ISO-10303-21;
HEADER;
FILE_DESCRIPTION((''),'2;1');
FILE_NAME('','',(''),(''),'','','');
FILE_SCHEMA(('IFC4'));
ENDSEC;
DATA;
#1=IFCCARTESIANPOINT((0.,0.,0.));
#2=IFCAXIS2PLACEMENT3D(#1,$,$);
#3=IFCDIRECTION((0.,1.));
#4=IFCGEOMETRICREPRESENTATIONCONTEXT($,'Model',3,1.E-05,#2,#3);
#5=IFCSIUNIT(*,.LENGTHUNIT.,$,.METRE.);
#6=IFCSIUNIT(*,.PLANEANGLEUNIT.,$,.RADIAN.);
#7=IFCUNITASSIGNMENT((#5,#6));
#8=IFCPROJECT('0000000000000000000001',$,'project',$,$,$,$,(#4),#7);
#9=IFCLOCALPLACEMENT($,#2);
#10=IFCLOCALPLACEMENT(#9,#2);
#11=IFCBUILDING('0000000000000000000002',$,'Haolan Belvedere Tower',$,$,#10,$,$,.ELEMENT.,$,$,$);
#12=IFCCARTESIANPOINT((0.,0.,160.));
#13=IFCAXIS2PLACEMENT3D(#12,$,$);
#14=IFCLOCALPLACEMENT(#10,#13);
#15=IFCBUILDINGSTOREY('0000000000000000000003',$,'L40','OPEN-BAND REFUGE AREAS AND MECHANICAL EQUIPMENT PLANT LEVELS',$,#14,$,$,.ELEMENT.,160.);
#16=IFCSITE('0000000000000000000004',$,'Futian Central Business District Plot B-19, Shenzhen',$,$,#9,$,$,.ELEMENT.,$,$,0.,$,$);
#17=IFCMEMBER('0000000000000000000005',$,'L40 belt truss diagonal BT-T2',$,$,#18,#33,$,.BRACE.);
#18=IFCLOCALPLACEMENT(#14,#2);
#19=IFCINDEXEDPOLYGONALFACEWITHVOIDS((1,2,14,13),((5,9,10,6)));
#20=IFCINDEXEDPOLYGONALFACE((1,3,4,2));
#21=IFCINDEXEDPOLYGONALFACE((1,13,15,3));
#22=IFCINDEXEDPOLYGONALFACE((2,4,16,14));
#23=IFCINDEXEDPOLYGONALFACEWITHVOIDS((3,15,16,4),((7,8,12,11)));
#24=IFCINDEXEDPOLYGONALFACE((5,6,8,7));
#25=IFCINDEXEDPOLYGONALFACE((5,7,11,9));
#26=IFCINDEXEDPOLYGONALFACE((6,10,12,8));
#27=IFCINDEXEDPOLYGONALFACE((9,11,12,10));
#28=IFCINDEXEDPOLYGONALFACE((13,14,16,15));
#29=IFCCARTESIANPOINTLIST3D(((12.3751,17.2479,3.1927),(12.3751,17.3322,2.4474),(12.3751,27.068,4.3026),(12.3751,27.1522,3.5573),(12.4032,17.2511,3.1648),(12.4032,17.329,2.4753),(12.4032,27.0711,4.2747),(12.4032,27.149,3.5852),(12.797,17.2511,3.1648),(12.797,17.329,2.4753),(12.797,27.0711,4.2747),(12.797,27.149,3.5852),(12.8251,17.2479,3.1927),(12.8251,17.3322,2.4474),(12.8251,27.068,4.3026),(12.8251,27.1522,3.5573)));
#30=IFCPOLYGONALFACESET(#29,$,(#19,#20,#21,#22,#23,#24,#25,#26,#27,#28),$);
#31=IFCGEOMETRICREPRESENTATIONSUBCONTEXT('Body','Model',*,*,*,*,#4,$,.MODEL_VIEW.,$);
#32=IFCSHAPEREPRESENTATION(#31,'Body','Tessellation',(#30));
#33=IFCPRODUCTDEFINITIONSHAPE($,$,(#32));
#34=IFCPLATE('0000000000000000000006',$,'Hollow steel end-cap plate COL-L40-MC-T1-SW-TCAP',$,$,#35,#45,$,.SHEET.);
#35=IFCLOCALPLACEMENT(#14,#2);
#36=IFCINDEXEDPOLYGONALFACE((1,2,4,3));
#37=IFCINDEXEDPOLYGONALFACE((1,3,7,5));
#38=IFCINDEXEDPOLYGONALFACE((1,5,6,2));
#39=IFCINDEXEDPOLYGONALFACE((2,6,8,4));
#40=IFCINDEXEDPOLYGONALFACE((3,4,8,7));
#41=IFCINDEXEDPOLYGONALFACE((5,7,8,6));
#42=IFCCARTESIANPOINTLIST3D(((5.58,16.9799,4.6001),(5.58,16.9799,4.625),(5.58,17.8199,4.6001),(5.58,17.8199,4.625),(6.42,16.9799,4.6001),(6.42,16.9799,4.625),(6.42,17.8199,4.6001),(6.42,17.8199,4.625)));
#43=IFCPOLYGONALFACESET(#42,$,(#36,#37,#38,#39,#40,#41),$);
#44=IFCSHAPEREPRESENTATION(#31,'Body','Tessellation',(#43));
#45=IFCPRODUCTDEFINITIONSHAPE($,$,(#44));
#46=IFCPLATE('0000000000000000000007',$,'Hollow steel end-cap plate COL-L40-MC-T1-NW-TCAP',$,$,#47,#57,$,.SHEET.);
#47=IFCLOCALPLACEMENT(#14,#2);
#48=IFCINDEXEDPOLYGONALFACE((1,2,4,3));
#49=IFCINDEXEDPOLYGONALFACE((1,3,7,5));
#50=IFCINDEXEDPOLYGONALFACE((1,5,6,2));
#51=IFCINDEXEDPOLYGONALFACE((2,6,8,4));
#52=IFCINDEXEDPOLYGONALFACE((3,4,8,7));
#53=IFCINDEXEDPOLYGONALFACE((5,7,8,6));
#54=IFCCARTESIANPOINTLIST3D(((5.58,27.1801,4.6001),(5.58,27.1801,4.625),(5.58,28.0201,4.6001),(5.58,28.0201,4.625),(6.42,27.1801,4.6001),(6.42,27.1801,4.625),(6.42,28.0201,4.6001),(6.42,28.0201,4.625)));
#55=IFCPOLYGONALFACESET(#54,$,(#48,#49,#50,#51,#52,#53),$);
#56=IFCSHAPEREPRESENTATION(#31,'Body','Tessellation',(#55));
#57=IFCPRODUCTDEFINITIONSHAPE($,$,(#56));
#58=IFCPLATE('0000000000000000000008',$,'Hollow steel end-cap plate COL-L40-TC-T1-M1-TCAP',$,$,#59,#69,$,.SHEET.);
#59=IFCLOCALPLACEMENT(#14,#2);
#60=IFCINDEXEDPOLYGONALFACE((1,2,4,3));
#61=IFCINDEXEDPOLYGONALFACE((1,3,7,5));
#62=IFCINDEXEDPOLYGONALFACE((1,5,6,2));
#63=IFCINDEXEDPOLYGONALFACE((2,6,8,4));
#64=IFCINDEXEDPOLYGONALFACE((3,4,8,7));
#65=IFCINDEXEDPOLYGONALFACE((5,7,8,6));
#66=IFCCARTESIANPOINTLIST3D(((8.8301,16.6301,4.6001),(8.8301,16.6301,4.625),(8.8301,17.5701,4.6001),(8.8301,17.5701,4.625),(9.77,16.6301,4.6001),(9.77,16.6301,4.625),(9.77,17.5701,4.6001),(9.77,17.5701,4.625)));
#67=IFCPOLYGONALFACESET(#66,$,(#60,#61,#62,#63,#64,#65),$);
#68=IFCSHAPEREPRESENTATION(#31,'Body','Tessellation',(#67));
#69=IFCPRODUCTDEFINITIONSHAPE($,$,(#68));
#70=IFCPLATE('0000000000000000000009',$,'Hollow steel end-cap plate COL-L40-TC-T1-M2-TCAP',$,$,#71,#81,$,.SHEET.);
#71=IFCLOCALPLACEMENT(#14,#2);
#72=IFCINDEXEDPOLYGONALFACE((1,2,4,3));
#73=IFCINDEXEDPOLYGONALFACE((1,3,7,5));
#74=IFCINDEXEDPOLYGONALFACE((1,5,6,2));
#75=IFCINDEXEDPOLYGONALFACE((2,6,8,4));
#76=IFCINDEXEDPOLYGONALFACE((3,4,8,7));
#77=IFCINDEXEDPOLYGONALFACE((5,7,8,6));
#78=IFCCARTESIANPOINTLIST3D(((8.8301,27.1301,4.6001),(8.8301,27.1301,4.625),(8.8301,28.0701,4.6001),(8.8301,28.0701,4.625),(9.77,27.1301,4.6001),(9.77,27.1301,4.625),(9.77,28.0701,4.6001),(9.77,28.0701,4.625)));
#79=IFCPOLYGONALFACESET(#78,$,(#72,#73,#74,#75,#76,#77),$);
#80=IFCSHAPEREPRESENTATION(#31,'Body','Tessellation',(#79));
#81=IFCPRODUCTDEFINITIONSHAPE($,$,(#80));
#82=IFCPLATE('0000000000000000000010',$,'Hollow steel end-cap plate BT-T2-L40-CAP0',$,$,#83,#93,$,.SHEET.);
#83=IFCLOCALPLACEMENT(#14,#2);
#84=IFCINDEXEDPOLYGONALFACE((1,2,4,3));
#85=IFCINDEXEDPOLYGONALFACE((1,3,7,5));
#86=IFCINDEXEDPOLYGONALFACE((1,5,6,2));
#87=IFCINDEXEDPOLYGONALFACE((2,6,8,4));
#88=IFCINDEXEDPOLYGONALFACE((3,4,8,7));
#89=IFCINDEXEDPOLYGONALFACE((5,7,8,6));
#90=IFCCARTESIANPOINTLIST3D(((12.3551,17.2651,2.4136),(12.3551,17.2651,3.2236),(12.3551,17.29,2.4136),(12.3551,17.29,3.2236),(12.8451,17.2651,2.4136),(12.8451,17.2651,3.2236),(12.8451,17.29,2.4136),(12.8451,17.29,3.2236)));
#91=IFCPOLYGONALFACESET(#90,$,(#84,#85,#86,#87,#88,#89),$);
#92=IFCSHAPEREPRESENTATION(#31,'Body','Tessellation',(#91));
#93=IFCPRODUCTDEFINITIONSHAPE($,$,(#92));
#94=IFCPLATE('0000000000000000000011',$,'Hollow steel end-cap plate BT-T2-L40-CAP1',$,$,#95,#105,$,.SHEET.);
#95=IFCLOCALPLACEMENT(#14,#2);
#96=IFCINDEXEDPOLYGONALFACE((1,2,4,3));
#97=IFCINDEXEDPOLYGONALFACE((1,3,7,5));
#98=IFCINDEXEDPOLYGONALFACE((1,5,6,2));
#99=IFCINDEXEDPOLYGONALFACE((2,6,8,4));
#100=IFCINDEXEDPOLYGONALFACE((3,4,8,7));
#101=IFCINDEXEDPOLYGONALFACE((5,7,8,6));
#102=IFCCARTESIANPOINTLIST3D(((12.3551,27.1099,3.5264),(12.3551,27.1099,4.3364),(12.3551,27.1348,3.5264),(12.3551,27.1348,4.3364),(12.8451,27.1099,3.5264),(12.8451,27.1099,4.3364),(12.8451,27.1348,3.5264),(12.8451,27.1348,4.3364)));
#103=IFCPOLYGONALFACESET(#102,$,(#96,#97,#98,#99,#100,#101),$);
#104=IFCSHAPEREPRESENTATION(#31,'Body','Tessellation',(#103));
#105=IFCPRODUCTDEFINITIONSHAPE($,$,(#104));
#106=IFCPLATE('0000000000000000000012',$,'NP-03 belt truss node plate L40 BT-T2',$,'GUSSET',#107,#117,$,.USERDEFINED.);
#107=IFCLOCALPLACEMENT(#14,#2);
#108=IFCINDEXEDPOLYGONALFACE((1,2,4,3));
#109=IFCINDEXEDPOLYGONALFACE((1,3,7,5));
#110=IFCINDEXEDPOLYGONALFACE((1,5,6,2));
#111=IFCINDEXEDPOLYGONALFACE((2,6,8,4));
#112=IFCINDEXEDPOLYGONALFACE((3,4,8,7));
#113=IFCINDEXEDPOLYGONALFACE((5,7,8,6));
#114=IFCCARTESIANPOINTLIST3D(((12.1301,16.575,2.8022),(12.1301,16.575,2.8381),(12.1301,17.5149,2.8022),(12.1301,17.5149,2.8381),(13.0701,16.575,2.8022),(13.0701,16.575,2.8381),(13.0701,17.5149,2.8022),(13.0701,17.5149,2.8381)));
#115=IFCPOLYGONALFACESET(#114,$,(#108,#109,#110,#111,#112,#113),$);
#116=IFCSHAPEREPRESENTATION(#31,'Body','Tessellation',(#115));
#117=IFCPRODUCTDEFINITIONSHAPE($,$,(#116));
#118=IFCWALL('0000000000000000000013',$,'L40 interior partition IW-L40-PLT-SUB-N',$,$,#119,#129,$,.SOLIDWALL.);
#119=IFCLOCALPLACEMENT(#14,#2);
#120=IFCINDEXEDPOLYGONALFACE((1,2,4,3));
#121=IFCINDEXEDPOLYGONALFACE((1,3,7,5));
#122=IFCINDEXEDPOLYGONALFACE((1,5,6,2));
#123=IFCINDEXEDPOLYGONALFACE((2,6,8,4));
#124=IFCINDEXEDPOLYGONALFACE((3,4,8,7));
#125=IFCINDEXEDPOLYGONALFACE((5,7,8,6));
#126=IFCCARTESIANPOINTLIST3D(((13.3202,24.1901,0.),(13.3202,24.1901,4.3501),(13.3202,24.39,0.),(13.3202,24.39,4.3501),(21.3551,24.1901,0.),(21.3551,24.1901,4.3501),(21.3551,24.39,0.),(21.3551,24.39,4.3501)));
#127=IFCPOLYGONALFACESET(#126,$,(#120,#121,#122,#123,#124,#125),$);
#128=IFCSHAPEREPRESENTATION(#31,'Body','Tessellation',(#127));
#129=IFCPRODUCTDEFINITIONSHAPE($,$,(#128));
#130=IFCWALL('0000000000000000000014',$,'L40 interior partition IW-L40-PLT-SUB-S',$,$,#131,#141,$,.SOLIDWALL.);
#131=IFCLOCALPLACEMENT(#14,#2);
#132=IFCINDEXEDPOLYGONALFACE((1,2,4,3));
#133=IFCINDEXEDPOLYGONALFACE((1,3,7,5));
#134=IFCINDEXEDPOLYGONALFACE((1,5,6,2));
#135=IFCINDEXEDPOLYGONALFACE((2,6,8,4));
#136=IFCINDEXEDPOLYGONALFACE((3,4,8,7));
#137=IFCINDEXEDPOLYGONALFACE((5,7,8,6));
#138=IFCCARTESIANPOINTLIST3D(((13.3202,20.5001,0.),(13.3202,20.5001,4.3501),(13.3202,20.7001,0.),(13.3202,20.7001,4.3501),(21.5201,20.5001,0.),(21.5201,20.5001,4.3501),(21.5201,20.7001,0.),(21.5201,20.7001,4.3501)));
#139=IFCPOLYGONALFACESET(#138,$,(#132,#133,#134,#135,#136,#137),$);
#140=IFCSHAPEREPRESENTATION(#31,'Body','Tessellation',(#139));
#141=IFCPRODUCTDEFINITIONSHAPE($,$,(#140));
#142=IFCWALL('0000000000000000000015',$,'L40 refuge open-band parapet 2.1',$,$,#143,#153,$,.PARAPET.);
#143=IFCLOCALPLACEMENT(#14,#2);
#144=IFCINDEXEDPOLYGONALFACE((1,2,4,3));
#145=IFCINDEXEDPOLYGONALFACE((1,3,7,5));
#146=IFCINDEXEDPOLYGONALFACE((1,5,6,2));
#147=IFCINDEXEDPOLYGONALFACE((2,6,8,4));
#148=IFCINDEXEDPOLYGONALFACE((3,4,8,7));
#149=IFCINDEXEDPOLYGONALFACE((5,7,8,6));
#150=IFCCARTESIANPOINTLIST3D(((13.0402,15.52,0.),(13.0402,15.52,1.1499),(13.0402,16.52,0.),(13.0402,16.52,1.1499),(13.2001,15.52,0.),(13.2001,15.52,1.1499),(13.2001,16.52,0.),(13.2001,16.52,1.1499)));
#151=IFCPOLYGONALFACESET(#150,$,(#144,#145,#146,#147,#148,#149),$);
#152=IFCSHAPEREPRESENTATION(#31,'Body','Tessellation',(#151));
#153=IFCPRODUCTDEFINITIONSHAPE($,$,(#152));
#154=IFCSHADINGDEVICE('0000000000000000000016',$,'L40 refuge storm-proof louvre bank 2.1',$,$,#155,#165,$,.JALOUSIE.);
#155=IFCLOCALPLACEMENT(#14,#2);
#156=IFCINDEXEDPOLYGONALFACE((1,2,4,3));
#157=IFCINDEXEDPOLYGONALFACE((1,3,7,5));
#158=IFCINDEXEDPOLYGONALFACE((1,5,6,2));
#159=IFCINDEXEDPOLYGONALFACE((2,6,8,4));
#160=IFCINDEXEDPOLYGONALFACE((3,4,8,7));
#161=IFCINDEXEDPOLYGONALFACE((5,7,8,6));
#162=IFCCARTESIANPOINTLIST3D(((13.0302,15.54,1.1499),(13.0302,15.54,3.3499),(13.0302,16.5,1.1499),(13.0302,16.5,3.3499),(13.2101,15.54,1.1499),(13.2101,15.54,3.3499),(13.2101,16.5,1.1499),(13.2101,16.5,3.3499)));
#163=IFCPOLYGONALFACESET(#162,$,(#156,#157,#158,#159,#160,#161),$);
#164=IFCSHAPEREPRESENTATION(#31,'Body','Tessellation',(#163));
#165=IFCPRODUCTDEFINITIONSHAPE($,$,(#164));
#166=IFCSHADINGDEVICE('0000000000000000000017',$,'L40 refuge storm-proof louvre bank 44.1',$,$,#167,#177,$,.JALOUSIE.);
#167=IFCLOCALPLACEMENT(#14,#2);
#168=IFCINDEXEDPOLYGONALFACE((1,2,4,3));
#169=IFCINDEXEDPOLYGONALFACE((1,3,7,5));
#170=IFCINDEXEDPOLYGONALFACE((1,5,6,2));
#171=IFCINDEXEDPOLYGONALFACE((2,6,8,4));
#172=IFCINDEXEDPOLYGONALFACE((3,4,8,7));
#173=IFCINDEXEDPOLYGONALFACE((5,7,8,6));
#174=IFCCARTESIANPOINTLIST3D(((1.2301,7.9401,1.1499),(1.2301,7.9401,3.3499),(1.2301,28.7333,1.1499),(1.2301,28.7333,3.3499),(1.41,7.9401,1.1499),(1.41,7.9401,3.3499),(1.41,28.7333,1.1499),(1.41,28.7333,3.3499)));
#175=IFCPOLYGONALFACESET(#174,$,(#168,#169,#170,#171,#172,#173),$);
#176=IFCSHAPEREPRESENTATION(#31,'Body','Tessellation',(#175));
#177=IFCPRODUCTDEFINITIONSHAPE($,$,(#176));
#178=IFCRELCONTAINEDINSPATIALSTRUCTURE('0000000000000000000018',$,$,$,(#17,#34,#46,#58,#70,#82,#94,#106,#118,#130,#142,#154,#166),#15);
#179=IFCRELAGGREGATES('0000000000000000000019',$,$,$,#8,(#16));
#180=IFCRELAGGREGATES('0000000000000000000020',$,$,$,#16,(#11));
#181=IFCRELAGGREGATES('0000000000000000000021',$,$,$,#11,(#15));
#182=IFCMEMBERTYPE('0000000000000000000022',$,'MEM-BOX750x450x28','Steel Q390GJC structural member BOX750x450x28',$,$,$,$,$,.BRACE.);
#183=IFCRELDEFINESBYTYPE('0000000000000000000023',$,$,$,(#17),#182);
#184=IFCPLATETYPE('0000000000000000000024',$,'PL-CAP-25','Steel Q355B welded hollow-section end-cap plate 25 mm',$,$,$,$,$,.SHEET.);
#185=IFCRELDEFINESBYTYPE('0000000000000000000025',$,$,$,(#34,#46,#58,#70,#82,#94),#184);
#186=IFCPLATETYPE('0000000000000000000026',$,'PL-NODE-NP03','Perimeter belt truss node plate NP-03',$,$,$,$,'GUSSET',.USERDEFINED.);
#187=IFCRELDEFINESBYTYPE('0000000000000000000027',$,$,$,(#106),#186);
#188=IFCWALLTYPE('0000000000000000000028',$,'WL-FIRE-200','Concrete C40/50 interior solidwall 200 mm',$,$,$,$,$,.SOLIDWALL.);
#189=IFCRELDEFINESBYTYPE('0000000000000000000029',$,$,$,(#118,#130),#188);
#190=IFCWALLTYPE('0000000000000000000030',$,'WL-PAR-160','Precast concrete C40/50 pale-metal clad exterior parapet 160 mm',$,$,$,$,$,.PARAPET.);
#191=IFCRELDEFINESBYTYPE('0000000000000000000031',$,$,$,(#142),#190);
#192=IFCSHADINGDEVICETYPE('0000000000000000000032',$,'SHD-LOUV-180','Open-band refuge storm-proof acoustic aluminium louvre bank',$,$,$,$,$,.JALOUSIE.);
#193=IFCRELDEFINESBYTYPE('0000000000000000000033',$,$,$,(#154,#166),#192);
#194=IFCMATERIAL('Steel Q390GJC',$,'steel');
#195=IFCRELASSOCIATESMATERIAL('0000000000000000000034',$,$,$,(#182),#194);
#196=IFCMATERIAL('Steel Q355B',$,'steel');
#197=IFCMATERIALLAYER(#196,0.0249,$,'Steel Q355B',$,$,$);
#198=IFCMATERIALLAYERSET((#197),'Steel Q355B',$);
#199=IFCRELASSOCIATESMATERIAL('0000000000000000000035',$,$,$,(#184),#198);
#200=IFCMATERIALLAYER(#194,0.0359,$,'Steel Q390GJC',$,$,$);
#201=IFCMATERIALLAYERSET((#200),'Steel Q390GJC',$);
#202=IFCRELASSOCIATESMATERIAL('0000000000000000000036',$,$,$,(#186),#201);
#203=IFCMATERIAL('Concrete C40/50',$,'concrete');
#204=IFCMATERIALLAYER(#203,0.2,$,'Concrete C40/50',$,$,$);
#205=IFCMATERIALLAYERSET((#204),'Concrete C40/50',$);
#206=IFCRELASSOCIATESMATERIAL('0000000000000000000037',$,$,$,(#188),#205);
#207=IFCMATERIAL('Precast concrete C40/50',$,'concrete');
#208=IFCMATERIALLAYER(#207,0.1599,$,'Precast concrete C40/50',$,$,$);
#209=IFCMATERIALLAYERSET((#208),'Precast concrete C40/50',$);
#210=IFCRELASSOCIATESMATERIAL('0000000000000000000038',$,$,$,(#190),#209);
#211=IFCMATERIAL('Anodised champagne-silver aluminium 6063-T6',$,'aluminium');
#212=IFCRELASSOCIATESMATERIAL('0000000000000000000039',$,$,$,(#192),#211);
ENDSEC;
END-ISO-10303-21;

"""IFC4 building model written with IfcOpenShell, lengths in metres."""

from ifc_helpers import new_model, si_unit, direction, frame, frame_2d, origin, origin_2d, place, context, subcontext, project, spatial, rectangle, hollow_rectangle, extrude, material, layer, layer_set, material_profile, profile_set, type_object, element, save


model = new_model("IFC4")

# Units and contexts
model_context = context("Model", 3, precision=1e-05, world=origin(), true_north=direction((0.0, 1.0)))
body_context = subcontext(model_context, "Body", "Model", "MODEL_VIEW")
ifc_project = project(units=[si_unit("LENGTHUNIT", "METRE"), si_unit("PLANEANGLEUNIT", "RADIAN")], contexts=[model_context])

# Site, building, storey
site_placement = place(None, origin())
site = spatial("IfcSite", under=ifc_project, at=site_placement, Name="Futian Central Business District Plot B-19, Shenzhen", CompositionType="ELEMENT", RefElevation=0.0)
building_placement = place(site_placement, origin())
building = spatial("IfcBuilding", under=site, at=building_placement, Name="Haolan Belvedere Tower", CompositionType="ELEMENT")
storey_placement = place(building_placement, frame((0.0, 0.0, 160.0)))
storey = spatial("IfcBuildingStorey", under=building, at=storey_placement, Name="L40", Description="OPEN-BAND REFUGE AREAS AND MECHANICAL EQUIPMENT PLANT LEVELS", CompositionType="ELEMENT", Elevation=160.0)

# Shared definitions
ifc_material_1 = material(Name="Steel Q390GJC", Category="steel")

# Shared definitions
ifc_material_2 = material(Name="Steel Q355B", Category="steel")

# Member
ifc_material_profile_1 = material_profile(ifc_material_1, hollow_rectangle(XDim=0.45, YDim=0.75, WallThickness=0.0281, at=origin_2d()), Name="Steel Q390GJC")
ifc_profile_set_1 = profile_set([ifc_material_profile_1], Name="Steel Q390GJC")
member_type = type_object("IfcMemberType", Name="MEM-BOX750x450x28", Description="Steel Q390GJC structural member BOX750x450x28", PredefinedType="BRACE", material=ifc_profile_set_1)
member_placement = place(storey_placement, frame((12.6001, 17.29, 2.8201), z_axis=(0.0, 0.993674, 0.112305), x_axis=(-1.0, 0.0, 0.0)))
element("IfcMember", 1, at=member_placement, inside=storey, type_object=member_type, Name="L40 belt truss diagonal BT-T2", PredefinedType="BRACE", context=body_context, shape_type="SweptSolid", body=[
    extrude(hollow_rectangle(XDim=0.45, YDim=0.75, WallThickness=0.0281, at=origin_2d()), origin(), (0.0, 0.0, 1.0), 9.8826),
])

# Plates
ifc_layer_1 = layer(ifc_material_2, 0.0249, Name="Steel Q355B")
ifc_layer_set_1 = layer_set([ifc_layer_1], Name="Steel Q355B")
plate_type_1 = type_object("IfcPlateType", Name="PL-CAP-25", Description="Steel Q355B welded hollow-section end-cap plate 25 mm", PredefinedType="SHEET", material=ifc_layer_set_1)
for number, where, z_axis, x_axis, name in (
    (2, (6.0, 17.3999, 4.6001), (0.0, 0.0, 1.0), (1.0, 0.0, 0.0), "Hollow steel end-cap plate COL-L40-MC-T1-SW-TCAP"),
    (3, (6.0, 27.6001, 4.6001), (0.0, 0.0, 1.0), (1.0, 0.0, 0.0), "Hollow steel end-cap plate COL-L40-MC-T1-NW-TCAP"),
):
    element("IfcPlate", number, at=place(storey_placement, frame(where, z_axis=z_axis, x_axis=x_axis)), inside=storey, type_object=plate_type_1, Name=name, PredefinedType="SHEET", context=body_context, shape_type="SweptSolid", body=[
        extrude(rectangle(XDim=0.8401, YDim=0.8401, at=origin_2d()), origin(), (0.0, 0.0, 1.0), 0.0249),
    ])
for number, where, z_axis, x_axis, name in (
    (4, (9.3, 17.1001, 4.6001), (0.0, 0.0, 1.0), (1.0, 0.0, 0.0), "Hollow steel end-cap plate COL-L40-TC-T1-M1-TCAP"),
    (5, (9.3, 27.6001, 4.6001), (0.0, 0.0, 1.0), (1.0, 0.0, 0.0), "Hollow steel end-cap plate COL-L40-TC-T1-M2-TCAP"),
):
    element("IfcPlate", number, at=place(storey_placement, frame(where, z_axis=z_axis, x_axis=x_axis)), inside=storey, type_object=plate_type_1, Name=name, PredefinedType="SHEET", context=body_context, shape_type="SweptSolid", body=[
        extrude(rectangle(XDim=0.9399, YDim=0.9399, at=origin_2d()), origin(), (0.0, 0.0, 1.0), 0.0249),
    ])
for number, where, z_axis, x_axis, name in (
    (6, (12.6001, 17.2776, 2.4136), (0.0, 0.0, 1.0), (1.0, 0.0, 0.0), "Hollow steel end-cap plate BT-T2-L40-CAP0"),
    (7, (12.6001, 27.1223, 3.5264), (0.0, 0.0, 1.0), (-1.0, 0.0, 0.0), "Hollow steel end-cap plate BT-T2-L40-CAP1"),
):
    element("IfcPlate", number, at=place(storey_placement, frame(where, z_axis=z_axis, x_axis=x_axis)), inside=storey, type_object=plate_type_1, Name=name, PredefinedType="SHEET", context=body_context, shape_type="SweptSolid", body=[
        extrude(rectangle(XDim=0.49, YDim=0.0249, at=origin_2d()), origin(), (0.0, 0.0, 1.0), 0.8101),
    ])
ifc_layer_2 = layer(ifc_material_1, 0.0359, Name="Steel Q390GJC")
ifc_layer_set_2 = layer_set([ifc_layer_2], Name="Steel Q390GJC")
plate_type_2 = type_object("IfcPlateType", Name="PL-NODE-NP03", Description="Perimeter belt truss node plate NP-03", ElementType="GUSSET", PredefinedType="USERDEFINED", material=ifc_layer_set_2)
plate_placement = place(storey_placement, frame((12.6001, 17.0449, 2.8022), z_axis=(0.0, 0.0, 1.0), x_axis=(1.0, 0.0, 0.0)))
element("IfcPlate", 8, at=plate_placement, inside=storey, type_object=plate_type_2, Name="NP-03 belt truss node plate L40 BT-T2", ObjectType="GUSSET", PredefinedType="USERDEFINED", context=body_context, shape_type="SweptSolid", body=[
    extrude(rectangle(XDim=0.9399, YDim=0.9399, at=origin_2d()), origin(), (0.0, 0.0, 1.0), 0.0359),
])

# Walls
ifc_material_3 = material(Name="Concrete C40/50", Category="concrete")
ifc_layer_3 = layer(ifc_material_3, 0.2, Name="Concrete C40/50")
ifc_layer_set_3 = layer_set([ifc_layer_3], Name="Concrete C40/50")
wall_type_1 = type_object("IfcWallType", Name="WL-FIRE-200", Description="Concrete C40/50 interior solidwall 200 mm", PredefinedType="SOLIDWALL", material=ifc_layer_set_3)
wall_1_placement = place(storey_placement, frame((13.3201, 24.29, 0.0), z_axis=(0.0, 0.0, 1.0), x_axis=(1.0, 0.0, 0.0)))
element("IfcWall", 9, at=wall_1_placement, inside=storey, type_object=wall_type_1, Name="L40 interior partition IW-L40-PLT-SUB-N", PredefinedType="SOLIDWALL", context=body_context, shape_type="SweptSolid", body=[
    extrude(rectangle(XDim=8.0349, YDim=0.2, at=frame_2d((4.0176, 0.0))), origin(), (0.0, 0.0, 1.0), 4.3501),
])
wall_2_placement = place(storey_placement, frame((13.3201, 20.6001, 0.0), z_axis=(0.0, 0.0, 1.0), x_axis=(1.0, 0.0, 0.0)))
element("IfcWall", 10, at=wall_2_placement, inside=storey, type_object=wall_type_1, Name="L40 interior partition IW-L40-PLT-SUB-S", PredefinedType="SOLIDWALL", context=body_context, shape_type="SweptSolid", body=[
    extrude(rectangle(XDim=8.2, YDim=0.2, at=frame_2d((4.1001, 0.0))), origin(), (0.0, 0.0, 1.0), 4.3501),
])
ifc_material_4 = material(Name="Precast concrete C40/50", Category="concrete")
ifc_layer_4 = layer(ifc_material_4, 0.1599, Name="Precast concrete C40/50")
ifc_layer_set_4 = layer_set([ifc_layer_4], Name="Precast concrete C40/50")
wall_type_2 = type_object("IfcWallType", Name="WL-PAR-160", Description="Precast concrete C40/50 pale-metal clad exterior parapet 160 mm", PredefinedType="PARAPET", material=ifc_layer_set_4)
wall_3_placement = place(storey_placement, frame((13.1201, 16.52, 0.0), z_axis=(0.0, 0.0, 1.0), x_axis=(0.0, -1.0, 0.0)))
element("IfcWall", 11, at=wall_3_placement, inside=storey, type_object=wall_type_2, Name="L40 refuge open-band parapet 2.1", PredefinedType="PARAPET", context=body_context, shape_type="SweptSolid", body=[
    extrude(rectangle(XDim=1.0, YDim=0.1599, at=frame_2d((0.5, 0.0))), origin(), (0.0, 0.0, 1.0), 1.1499),
])

# Shading devices
ifc_material_5 = material(Name="Anodised champagne-silver aluminium 6063-T6", Category="aluminium")
shading_device_type = type_object("IfcShadingDeviceType", Name="SHD-LOUV-180", Description="Open-band refuge storm-proof acoustic aluminium louvre bank", PredefinedType="JALOUSIE", material=ifc_material_5)
shading_device_1_placement = place(storey_placement, frame((13.1201, 16.02, 1.1499), z_axis=(0.0, 0.0, 1.0), x_axis=(0.0, -1.0, 0.0)))
element("IfcShadingDevice", 12, at=shading_device_1_placement, inside=storey, type_object=shading_device_type, Name="L40 refuge storm-proof louvre bank 2.1", PredefinedType="JALOUSIE", context=body_context, shape_type="SweptSolid", body=[
    extrude(rectangle(XDim=0.96, YDim=0.1799, at=origin_2d()), origin(), (0.0, 0.0, 1.0), 2.2),
])
shading_device_2_placement = place(storey_placement, frame((1.3201, 18.3367, 1.1499), z_axis=(0.0, 0.0, 1.0), x_axis=(0.0, -1.0, 0.0)))
element("IfcShadingDevice", 13, at=shading_device_2_placement, inside=storey, type_object=shading_device_type, Name="L40 refuge storm-proof louvre bank 44.1", PredefinedType="JALOUSIE", context=body_context, shape_type="SweptSolid", body=[
    extrude(rectangle(XDim=20.7932, YDim=0.1799, at=origin_2d()), origin(), (0.0, 0.0, 1.0), 2.2),
])

save(model, "model.ifc")
